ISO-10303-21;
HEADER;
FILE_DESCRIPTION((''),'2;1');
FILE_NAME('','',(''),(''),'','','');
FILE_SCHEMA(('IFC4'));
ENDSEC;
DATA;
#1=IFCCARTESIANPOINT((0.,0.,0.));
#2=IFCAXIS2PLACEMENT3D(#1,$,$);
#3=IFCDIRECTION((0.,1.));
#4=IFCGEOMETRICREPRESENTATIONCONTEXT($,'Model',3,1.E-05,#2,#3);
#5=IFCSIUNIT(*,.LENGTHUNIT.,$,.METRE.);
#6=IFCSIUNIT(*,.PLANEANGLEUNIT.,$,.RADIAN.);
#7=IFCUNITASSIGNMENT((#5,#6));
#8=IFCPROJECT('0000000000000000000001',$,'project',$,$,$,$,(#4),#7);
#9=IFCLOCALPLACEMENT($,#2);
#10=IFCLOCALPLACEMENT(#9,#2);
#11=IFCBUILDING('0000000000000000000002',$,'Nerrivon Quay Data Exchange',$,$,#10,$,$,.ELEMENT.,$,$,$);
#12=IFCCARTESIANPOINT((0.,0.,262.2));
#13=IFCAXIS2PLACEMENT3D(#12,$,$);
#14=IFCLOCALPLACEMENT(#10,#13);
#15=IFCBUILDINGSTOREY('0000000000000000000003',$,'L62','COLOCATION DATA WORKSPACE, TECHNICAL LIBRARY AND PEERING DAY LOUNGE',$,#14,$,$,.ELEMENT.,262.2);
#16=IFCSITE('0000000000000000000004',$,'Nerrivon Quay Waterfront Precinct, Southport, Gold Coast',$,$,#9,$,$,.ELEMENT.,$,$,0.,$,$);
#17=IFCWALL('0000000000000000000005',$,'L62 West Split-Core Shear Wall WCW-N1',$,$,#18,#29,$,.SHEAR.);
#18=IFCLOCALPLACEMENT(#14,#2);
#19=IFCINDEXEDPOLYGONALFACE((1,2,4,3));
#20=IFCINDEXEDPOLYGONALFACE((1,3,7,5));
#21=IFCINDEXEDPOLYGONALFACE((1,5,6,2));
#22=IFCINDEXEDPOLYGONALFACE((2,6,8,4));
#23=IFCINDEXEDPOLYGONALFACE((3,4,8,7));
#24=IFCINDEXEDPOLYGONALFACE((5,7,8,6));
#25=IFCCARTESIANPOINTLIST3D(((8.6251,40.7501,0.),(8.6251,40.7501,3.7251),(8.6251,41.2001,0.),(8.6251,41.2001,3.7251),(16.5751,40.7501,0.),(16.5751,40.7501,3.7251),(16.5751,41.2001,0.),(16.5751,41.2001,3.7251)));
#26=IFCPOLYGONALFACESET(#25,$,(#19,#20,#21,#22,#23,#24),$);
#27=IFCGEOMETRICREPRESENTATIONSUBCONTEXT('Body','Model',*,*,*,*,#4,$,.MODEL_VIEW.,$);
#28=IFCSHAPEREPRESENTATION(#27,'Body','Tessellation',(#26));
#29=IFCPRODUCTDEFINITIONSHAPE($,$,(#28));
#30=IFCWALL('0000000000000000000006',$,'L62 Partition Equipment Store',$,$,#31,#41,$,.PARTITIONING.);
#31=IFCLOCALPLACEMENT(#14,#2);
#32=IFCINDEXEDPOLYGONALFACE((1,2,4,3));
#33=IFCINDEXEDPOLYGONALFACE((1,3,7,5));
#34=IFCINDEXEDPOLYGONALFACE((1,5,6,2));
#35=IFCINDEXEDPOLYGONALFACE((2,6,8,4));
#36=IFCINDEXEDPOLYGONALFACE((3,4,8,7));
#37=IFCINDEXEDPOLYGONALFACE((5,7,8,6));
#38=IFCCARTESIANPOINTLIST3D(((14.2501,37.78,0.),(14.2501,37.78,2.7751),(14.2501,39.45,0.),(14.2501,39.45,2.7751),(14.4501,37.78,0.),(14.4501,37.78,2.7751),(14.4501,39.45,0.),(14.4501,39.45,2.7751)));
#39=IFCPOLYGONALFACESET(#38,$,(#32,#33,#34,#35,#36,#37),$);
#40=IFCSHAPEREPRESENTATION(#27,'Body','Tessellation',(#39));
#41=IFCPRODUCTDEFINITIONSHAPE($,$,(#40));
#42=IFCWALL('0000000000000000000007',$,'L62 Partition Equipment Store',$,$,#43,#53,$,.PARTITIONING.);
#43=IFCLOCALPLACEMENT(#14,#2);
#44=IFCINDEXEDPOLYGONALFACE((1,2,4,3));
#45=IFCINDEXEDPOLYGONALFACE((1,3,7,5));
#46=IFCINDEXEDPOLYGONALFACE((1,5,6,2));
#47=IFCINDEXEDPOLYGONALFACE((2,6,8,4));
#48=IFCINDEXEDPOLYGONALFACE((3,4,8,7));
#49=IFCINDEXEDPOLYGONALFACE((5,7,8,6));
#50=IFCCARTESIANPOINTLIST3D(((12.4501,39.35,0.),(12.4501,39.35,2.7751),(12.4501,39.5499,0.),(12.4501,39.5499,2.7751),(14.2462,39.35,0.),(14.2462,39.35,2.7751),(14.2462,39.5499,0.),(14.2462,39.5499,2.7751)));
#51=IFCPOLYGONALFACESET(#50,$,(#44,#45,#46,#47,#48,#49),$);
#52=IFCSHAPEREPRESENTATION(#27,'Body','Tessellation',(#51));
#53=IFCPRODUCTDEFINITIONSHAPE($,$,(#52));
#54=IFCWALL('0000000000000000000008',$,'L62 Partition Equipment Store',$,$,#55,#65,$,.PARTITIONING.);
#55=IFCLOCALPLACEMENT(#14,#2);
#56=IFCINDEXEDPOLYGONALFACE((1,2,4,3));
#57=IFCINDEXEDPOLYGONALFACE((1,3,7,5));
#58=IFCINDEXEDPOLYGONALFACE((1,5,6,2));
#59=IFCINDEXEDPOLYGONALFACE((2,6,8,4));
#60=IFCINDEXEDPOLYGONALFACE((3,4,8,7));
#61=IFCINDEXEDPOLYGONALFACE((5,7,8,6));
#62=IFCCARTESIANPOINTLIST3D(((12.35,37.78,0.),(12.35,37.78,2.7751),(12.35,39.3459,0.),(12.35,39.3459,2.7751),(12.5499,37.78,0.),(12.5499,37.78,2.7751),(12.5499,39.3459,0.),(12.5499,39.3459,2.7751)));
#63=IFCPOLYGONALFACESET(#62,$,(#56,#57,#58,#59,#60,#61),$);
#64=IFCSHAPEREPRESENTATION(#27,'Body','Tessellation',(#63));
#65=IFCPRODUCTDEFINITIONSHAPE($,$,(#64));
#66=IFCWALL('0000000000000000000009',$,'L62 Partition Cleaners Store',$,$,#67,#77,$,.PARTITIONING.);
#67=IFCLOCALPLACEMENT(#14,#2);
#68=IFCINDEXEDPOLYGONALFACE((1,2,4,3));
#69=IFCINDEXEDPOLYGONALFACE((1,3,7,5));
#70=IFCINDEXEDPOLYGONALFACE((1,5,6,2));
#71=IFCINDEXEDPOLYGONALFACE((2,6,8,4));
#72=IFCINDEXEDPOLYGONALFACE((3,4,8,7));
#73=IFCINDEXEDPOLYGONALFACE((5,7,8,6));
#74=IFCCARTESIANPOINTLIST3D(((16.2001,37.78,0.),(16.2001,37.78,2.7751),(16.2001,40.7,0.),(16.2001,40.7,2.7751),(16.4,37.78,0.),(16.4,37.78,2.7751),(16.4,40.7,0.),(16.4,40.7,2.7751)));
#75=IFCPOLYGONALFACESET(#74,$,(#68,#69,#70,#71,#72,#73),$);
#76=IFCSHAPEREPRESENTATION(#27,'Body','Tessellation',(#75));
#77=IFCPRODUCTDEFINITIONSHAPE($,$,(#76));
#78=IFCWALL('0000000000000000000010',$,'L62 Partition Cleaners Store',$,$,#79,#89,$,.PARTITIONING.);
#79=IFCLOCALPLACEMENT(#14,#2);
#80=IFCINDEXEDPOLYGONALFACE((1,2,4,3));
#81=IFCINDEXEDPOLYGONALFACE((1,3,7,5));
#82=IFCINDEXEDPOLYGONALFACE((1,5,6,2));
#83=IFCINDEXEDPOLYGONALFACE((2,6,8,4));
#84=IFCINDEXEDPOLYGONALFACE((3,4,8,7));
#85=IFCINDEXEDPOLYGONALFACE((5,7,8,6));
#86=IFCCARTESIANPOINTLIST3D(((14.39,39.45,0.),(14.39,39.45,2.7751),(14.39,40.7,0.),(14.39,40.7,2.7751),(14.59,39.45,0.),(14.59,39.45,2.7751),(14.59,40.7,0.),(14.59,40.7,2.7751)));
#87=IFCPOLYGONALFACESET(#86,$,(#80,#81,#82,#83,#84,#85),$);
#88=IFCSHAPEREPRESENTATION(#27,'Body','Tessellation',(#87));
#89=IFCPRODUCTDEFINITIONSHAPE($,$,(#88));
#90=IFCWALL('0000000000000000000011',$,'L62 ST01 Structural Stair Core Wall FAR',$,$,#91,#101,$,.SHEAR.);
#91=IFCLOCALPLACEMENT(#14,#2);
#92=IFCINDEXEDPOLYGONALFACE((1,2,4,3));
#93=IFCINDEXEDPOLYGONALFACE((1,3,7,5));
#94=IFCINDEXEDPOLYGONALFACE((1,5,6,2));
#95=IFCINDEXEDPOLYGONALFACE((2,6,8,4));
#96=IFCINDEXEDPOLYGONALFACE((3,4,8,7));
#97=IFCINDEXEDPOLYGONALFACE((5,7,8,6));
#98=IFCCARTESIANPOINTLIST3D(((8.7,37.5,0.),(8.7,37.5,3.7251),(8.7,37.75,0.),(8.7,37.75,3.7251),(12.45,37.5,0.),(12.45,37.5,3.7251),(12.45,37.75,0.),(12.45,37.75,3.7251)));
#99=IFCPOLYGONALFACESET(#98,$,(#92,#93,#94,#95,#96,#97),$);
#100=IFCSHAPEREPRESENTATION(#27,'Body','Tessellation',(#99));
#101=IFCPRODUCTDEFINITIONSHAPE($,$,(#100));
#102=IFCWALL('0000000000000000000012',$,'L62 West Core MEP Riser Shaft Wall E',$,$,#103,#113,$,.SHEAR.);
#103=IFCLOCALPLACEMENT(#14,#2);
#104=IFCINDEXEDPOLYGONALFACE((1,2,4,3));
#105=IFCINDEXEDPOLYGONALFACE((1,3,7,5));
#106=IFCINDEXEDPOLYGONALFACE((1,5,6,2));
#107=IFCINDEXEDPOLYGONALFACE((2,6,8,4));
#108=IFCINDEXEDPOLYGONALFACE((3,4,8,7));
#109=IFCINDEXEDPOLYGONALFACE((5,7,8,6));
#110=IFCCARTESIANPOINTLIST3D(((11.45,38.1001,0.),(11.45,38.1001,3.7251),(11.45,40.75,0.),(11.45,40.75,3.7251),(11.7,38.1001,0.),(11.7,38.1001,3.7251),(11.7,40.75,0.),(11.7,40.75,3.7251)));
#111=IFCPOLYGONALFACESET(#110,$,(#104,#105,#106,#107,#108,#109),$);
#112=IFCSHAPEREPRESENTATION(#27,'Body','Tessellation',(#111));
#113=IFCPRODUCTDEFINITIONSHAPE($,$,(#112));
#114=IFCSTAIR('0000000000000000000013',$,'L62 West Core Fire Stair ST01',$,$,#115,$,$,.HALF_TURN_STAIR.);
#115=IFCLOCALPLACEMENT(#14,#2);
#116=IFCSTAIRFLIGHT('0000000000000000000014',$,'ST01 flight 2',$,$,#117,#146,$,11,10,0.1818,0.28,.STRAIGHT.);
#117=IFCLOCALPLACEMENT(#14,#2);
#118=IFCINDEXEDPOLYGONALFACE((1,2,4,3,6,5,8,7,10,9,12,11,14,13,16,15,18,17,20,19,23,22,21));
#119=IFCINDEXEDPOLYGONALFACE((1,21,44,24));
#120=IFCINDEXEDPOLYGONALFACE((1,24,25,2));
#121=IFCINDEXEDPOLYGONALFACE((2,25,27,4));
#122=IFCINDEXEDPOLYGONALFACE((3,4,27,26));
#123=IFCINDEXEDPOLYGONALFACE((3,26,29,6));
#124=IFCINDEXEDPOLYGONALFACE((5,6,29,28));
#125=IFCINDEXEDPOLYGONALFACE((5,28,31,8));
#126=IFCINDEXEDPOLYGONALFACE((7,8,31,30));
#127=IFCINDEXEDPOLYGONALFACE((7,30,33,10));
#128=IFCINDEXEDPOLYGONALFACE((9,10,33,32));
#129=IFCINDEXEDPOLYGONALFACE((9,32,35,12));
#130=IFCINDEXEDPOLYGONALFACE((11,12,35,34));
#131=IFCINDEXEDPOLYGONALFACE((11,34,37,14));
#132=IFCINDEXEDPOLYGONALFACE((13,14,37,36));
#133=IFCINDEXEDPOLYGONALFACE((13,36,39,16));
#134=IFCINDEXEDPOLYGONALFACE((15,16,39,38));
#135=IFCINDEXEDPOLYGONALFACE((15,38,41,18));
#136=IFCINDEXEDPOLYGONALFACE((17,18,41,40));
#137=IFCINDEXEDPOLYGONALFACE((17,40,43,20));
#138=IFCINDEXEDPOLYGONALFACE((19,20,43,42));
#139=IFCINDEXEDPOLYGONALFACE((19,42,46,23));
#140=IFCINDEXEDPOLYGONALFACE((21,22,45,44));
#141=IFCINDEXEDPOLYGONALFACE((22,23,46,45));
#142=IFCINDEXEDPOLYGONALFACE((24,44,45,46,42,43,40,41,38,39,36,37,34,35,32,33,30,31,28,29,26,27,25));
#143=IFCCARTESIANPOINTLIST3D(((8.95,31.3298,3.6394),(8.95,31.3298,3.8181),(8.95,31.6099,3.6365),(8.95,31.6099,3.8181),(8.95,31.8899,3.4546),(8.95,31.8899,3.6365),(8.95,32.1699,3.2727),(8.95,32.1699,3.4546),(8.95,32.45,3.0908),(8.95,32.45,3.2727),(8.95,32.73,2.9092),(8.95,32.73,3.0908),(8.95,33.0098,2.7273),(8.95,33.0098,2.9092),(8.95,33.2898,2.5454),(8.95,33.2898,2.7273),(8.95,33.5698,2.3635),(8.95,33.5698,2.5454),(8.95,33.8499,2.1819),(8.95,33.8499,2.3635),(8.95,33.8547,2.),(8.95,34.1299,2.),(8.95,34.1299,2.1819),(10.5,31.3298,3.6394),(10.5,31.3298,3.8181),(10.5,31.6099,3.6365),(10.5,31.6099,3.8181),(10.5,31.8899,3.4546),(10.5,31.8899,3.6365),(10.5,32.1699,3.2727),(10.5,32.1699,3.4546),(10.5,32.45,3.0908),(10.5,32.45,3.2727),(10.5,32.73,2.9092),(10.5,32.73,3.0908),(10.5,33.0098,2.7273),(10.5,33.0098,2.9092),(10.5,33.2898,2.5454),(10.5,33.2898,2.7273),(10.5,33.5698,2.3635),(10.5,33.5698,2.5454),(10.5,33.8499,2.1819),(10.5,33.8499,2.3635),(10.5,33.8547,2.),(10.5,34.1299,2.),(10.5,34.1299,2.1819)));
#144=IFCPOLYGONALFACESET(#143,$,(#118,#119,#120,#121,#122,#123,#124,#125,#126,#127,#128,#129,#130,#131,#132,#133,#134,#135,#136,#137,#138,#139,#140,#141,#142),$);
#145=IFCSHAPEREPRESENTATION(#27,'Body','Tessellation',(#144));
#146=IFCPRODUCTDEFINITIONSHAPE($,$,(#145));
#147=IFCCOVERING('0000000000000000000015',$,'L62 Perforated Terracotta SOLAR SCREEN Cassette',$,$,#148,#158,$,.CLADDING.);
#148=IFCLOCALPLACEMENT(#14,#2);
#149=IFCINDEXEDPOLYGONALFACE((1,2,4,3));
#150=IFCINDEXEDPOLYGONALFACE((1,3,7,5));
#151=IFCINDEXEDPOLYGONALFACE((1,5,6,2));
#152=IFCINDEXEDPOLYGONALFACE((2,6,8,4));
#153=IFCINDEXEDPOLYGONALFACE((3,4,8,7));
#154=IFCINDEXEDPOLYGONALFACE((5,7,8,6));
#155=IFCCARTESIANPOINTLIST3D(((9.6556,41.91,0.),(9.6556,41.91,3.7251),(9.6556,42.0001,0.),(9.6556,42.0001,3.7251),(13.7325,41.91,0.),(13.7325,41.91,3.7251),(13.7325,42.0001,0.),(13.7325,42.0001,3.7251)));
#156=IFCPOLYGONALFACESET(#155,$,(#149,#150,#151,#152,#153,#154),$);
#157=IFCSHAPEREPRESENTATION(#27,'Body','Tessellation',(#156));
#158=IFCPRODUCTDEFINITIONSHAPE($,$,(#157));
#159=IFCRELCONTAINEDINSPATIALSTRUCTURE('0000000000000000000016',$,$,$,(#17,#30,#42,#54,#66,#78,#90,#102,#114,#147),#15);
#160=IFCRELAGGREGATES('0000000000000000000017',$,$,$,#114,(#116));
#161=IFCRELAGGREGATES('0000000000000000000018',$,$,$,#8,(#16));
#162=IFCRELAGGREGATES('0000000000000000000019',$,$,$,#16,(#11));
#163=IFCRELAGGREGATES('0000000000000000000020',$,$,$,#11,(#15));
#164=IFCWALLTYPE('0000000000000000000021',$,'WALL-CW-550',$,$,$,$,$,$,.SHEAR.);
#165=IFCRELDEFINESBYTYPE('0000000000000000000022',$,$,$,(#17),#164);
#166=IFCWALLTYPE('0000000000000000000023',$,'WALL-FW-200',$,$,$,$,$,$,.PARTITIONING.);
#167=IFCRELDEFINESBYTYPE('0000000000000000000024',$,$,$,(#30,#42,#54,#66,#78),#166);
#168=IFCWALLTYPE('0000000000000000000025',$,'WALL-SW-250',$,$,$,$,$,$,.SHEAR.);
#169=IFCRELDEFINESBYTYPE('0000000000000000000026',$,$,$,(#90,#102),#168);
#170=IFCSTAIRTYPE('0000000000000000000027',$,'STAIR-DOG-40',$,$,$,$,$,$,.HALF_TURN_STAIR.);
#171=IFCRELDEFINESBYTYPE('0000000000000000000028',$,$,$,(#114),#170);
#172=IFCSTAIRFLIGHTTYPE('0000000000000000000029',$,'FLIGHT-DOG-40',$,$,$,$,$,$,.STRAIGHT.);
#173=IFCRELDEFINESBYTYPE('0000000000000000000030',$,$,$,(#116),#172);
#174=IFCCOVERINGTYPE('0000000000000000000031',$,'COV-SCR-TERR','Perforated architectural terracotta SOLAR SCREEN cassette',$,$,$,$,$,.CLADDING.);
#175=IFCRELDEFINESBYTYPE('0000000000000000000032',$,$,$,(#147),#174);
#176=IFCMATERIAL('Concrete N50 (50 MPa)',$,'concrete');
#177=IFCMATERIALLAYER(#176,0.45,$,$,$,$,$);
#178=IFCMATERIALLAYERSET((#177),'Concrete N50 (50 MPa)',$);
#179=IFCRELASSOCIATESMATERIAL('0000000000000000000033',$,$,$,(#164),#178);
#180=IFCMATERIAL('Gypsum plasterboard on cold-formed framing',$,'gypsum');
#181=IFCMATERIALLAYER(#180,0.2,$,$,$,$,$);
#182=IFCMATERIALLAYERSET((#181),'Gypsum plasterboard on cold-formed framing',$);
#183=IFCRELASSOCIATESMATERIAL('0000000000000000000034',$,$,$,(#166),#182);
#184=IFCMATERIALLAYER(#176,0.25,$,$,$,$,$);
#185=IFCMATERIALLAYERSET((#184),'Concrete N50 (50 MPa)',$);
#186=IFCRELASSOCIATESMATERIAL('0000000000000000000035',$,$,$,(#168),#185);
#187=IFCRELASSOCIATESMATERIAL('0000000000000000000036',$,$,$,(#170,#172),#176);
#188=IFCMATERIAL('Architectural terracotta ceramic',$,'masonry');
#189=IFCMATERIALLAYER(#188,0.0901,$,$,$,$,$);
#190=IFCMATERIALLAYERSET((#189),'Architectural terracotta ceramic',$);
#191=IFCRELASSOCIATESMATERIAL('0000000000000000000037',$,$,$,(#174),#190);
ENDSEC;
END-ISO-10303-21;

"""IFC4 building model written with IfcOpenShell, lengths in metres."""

from ifc_helpers import new_model, si_unit, direction, frame, frame_2d, origin, origin_2d, place, context, subcontext, project, spatial, polyline, rectangle, outline, extrude, material, layer, layer_set, type_object, element, aggregate, save


model = new_model("IFC4")

# Units and contexts
model_context = context("Model", 3, precision=1e-05, world=origin(), true_north=direction((0.0, 1.0)))
body_context = subcontext(model_context, "Body", "Model", "MODEL_VIEW")
ifc_project = project(units=[si_unit("LENGTHUNIT", "METRE"), si_unit("PLANEANGLEUNIT", "RADIAN")], contexts=[model_context])

# Site, building, storey
site_placement = place(None, origin())
site = spatial("IfcSite", under=ifc_project, at=site_placement, Name="Nerrivon Quay Waterfront Precinct, Southport, Gold Coast", CompositionType="ELEMENT", RefElevation=0.0)
building_placement = place(site_placement, origin())
building = spatial("IfcBuilding", under=site, at=building_placement, Name="Nerrivon Quay Data Exchange", CompositionType="ELEMENT")
storey_placement = place(building_placement, frame((0.0, 0.0, 262.2)))
storey = spatial("IfcBuildingStorey", under=building, at=storey_placement, Name="L62", Description="COLOCATION DATA WORKSPACE, TECHNICAL LIBRARY AND PEERING DAY LOUNGE", CompositionType="ELEMENT", Elevation=262.2)

# Shared definitions
ifc_material_1 = material(Name="Concrete N50 (50 MPa)", Category="concrete")

# Walls
ifc_layer_1 = layer(ifc_material_1, 0.45)
ifc_layer_set_1 = layer_set([ifc_layer_1], Name="Concrete N50 (50 MPa)")
wall_type_1 = type_object("IfcWallType", Name="WALL-CW-550", PredefinedType="SHEAR", material=ifc_layer_set_1)
wall_1_placement = place(storey_placement, frame((8.625, 40.9751, 0.0), z_axis=(0.0, 0.0, 1.0), x_axis=(1.0, 0.0, 0.0)))
element("IfcWall", 1, at=wall_1_placement, inside=storey, type_object=wall_type_1, Name="L62 West Split-Core Shear Wall WCW-N1", PredefinedType="SHEAR", context=body_context, shape_type="SweptSolid", body=[
    extrude(rectangle(XDim=7.95, YDim=0.45, at=frame_2d((3.9751, 0.0))), origin(), (0.0, 0.0, 1.0), 3.7251),
])
ifc_material_2 = material(Name="Gypsum plasterboard on cold-formed framing", Category="gypsum")
ifc_layer_2 = layer(ifc_material_2, 0.2)
ifc_layer_set_2 = layer_set([ifc_layer_2], Name="Gypsum plasterboard on cold-formed framing")
wall_type_2 = type_object("IfcWallType", Name="WALL-FW-200", PredefinedType="PARTITIONING", material=ifc_layer_set_2)
wall_2_placement = place(storey_placement, frame((14.3501, 37.78, 0.0), z_axis=(0.0, 0.0, 1.0), x_axis=(0.0, 1.0, 0.0)))
element("IfcWall", 2, at=wall_2_placement, inside=storey, type_object=wall_type_2, Name="L62 Partition Equipment Store", PredefinedType="PARTITIONING", context=body_context, shape_type="SweptSolid", body=[
    extrude(rectangle(XDim=1.6699, YDim=0.2, at=frame_2d((0.835, 0.0))), origin(), (0.0, 0.0, 1.0), 2.7751),
])
wall_3_placement = place(storey_placement, frame((14.2461, 39.45, 0.0), z_axis=(0.0, 0.0, 1.0), x_axis=(-1.0, 0.0, 0.0)))
element("IfcWall", 3, at=wall_3_placement, inside=storey, type_object=wall_type_2, Name="L62 Partition Equipment Store", PredefinedType="PARTITIONING", context=body_context, shape_type="SweptSolid", body=[
    extrude(rectangle(XDim=1.7961, YDim=0.2, at=frame_2d((0.8979, 0.0))), origin(), (0.0, 0.0, 1.0), 2.7751),
])
wall_4_placement = place(storey_placement, frame((12.45, 39.3459, 0.0), z_axis=(0.0, 0.0, 1.0), x_axis=(0.0, -1.0, 0.0)))
element("IfcWall", 4, at=wall_4_placement, inside=storey, type_object=wall_type_2, Name="L62 Partition Equipment Store", PredefinedType="PARTITIONING", context=body_context, shape_type="SweptSolid", body=[
    extrude(rectangle(XDim=1.5659, YDim=0.2, at=frame_2d((0.783, 0.0))), origin(), (0.0, 0.0, 1.0), 2.7751),
])
wall_5_placement = place(storey_placement, frame((16.3, 37.78, 0.0), z_axis=(0.0, 0.0, 1.0), x_axis=(0.0, 1.0, 0.0)))
element("IfcWall", 5, at=wall_5_placement, inside=storey, type_object=wall_type_2, Name="L62 Partition Cleaners Store", PredefinedType="PARTITIONING", context=body_context, shape_type="SweptSolid", body=[
    extrude(rectangle(XDim=2.9199, YDim=0.2, at=frame_2d((1.46, 0.0))), origin(), (0.0, 0.0, 1.0), 2.7751),
])
wall_6_placement = place(storey_placement, frame((14.49, 40.7, 0.0), z_axis=(0.0, 0.0, 1.0), x_axis=(0.0, -1.0, 0.0)))
element("IfcWall", 6, at=wall_6_placement, inside=storey, type_object=wall_type_2, Name="L62 Partition Cleaners Store", PredefinedType="PARTITIONING", context=body_context, shape_type="SweptSolid", body=[
    extrude(rectangle(XDim=1.25, YDim=0.2, at=frame_2d((0.625, 0.0))), origin(), (0.0, 0.0, 1.0), 2.7751),
])
ifc_layer_3 = layer(ifc_material_1, 0.25)
ifc_layer_set_3 = layer_set([ifc_layer_3], Name="Concrete N50 (50 MPa)")
wall_type_3 = type_object("IfcWallType", Name="WALL-SW-250", PredefinedType="SHEAR", material=ifc_layer_set_3)
wall_7_placement = place(storey_placement, frame((12.45, 37.625, 0.0), z_axis=(0.0, 0.0, 1.0), x_axis=(-1.0, 0.0, 0.0)))
element("IfcWall", 7, at=wall_7_placement, inside=storey, type_object=wall_type_3, Name="L62 ST01 Structural Stair Core Wall FAR", PredefinedType="SHEAR", context=body_context, shape_type="SweptSolid", body=[
    extrude(rectangle(XDim=3.75, YDim=0.25, at=frame_2d((1.875, 0.0))), origin(), (0.0, 0.0, 1.0), 3.7251),
])
wall_8_placement = place(storey_placement, frame((11.575, 38.1001, 0.0), z_axis=(0.0, 0.0, 1.0), x_axis=(0.0, 1.0, 0.0)))
element("IfcWall", 8, at=wall_8_placement, inside=storey, type_object=wall_type_3, Name="L62 West Core MEP Riser Shaft Wall E", PredefinedType="SHEAR", context=body_context, shape_type="SweptSolid", body=[
    extrude(rectangle(XDim=2.6499, YDim=0.25, at=frame_2d((1.325, 0.0))), origin(), (0.0, 0.0, 1.0), 3.7251),
])

# Stair, stair flight
stair_type = type_object("IfcStairType", Name="STAIR-DOG-40", PredefinedType="HALF_TURN_STAIR", material=ifc_material_1)
stair_placement = place(storey_placement, origin())
stair = element("IfcStair", 9, at=stair_placement, inside=storey, type_object=stair_type, Name="L62 West Core Fire Stair ST01", PredefinedType="HALF_TURN_STAIR")
stair_flight_type = type_object("IfcStairFlightType", Name="FLIGHT-DOG-40", PredefinedType="STRAIGHT", material=ifc_material_1)
stair_flight_placement = place(storey_placement, frame((9.7251, 34.1299, 2.0), z_axis=(0.0, 0.0, 1.0), x_axis=(0.0, -1.0, 0.0)))
stair_flight = element("IfcStairFlight", 10, at=stair_flight_placement, type_object=stair_flight_type, Name="ST01 flight 2", NumberOfRisers=11, NumberOfTreads=10, PredefinedType="STRAIGHT", RiserHeight=0.1818, TreadLength=0.28, context=body_context, shape_type="SweptSolid", body=[
    extrude(outline(polyline([(0.0, 0.0), (0.0, 0.1819), (0.28, 0.1819), (0.28, 0.3635), (0.5601, 0.3635), (0.5601, 0.5454), (0.8401, 0.5454), (0.8401, 0.7273), (1.1201, 0.7273), (1.1201, 0.9092), (1.3999, 0.9092), (1.3999, 1.0908), (1.6799, 1.0908), (1.6799, 1.2727), (1.96, 1.2727), (1.96, 1.4546), (2.24, 1.4546), (2.24, 1.6365), (2.52, 1.6365), (2.52, 1.8181), (2.8, 1.8181), (2.8, 2.0), (2.8, 1.6394), (0.2751, 0.0), (0.0, 0.0)])), frame((0.0, 0.7749, 0.0), z_axis=(0.0, -1.0, 0.0), x_axis=(1.0, 0.0, 0.0)), (0.0, 0.0, 1.0), 1.55),
])
aggregate(stair, [stair_flight])

# Covering
ifc_material_3 = material(Name="Architectural terracotta ceramic", Category="masonry")
ifc_layer_4 = layer(ifc_material_3, 0.0901)
ifc_layer_set_4 = layer_set([ifc_layer_4], Name="Architectural terracotta ceramic")
covering_type = type_object("IfcCoveringType", Name="COV-SCR-TERR", Description="Perforated architectural terracotta SOLAR SCREEN cassette", PredefinedType="CLADDING", material=ifc_layer_set_4)
covering_placement = place(storey_placement, frame((11.6941, 41.9551, 0.0), z_axis=(0.0, 0.0, 1.0), x_axis=(1.0, 0.0, 0.0)))
element("IfcCovering", 11, at=covering_placement, inside=storey, type_object=covering_type, Name="L62 Perforated Terracotta SOLAR SCREEN Cassette", PredefinedType="CLADDING", context=body_context, shape_type="SweptSolid", body=[
    extrude(rectangle(XDim=4.0769, YDim=0.0901, at=origin_2d()), origin(), (0.0, 0.0, 1.0), 3.7251),
])

save(model, "model.ifc")
